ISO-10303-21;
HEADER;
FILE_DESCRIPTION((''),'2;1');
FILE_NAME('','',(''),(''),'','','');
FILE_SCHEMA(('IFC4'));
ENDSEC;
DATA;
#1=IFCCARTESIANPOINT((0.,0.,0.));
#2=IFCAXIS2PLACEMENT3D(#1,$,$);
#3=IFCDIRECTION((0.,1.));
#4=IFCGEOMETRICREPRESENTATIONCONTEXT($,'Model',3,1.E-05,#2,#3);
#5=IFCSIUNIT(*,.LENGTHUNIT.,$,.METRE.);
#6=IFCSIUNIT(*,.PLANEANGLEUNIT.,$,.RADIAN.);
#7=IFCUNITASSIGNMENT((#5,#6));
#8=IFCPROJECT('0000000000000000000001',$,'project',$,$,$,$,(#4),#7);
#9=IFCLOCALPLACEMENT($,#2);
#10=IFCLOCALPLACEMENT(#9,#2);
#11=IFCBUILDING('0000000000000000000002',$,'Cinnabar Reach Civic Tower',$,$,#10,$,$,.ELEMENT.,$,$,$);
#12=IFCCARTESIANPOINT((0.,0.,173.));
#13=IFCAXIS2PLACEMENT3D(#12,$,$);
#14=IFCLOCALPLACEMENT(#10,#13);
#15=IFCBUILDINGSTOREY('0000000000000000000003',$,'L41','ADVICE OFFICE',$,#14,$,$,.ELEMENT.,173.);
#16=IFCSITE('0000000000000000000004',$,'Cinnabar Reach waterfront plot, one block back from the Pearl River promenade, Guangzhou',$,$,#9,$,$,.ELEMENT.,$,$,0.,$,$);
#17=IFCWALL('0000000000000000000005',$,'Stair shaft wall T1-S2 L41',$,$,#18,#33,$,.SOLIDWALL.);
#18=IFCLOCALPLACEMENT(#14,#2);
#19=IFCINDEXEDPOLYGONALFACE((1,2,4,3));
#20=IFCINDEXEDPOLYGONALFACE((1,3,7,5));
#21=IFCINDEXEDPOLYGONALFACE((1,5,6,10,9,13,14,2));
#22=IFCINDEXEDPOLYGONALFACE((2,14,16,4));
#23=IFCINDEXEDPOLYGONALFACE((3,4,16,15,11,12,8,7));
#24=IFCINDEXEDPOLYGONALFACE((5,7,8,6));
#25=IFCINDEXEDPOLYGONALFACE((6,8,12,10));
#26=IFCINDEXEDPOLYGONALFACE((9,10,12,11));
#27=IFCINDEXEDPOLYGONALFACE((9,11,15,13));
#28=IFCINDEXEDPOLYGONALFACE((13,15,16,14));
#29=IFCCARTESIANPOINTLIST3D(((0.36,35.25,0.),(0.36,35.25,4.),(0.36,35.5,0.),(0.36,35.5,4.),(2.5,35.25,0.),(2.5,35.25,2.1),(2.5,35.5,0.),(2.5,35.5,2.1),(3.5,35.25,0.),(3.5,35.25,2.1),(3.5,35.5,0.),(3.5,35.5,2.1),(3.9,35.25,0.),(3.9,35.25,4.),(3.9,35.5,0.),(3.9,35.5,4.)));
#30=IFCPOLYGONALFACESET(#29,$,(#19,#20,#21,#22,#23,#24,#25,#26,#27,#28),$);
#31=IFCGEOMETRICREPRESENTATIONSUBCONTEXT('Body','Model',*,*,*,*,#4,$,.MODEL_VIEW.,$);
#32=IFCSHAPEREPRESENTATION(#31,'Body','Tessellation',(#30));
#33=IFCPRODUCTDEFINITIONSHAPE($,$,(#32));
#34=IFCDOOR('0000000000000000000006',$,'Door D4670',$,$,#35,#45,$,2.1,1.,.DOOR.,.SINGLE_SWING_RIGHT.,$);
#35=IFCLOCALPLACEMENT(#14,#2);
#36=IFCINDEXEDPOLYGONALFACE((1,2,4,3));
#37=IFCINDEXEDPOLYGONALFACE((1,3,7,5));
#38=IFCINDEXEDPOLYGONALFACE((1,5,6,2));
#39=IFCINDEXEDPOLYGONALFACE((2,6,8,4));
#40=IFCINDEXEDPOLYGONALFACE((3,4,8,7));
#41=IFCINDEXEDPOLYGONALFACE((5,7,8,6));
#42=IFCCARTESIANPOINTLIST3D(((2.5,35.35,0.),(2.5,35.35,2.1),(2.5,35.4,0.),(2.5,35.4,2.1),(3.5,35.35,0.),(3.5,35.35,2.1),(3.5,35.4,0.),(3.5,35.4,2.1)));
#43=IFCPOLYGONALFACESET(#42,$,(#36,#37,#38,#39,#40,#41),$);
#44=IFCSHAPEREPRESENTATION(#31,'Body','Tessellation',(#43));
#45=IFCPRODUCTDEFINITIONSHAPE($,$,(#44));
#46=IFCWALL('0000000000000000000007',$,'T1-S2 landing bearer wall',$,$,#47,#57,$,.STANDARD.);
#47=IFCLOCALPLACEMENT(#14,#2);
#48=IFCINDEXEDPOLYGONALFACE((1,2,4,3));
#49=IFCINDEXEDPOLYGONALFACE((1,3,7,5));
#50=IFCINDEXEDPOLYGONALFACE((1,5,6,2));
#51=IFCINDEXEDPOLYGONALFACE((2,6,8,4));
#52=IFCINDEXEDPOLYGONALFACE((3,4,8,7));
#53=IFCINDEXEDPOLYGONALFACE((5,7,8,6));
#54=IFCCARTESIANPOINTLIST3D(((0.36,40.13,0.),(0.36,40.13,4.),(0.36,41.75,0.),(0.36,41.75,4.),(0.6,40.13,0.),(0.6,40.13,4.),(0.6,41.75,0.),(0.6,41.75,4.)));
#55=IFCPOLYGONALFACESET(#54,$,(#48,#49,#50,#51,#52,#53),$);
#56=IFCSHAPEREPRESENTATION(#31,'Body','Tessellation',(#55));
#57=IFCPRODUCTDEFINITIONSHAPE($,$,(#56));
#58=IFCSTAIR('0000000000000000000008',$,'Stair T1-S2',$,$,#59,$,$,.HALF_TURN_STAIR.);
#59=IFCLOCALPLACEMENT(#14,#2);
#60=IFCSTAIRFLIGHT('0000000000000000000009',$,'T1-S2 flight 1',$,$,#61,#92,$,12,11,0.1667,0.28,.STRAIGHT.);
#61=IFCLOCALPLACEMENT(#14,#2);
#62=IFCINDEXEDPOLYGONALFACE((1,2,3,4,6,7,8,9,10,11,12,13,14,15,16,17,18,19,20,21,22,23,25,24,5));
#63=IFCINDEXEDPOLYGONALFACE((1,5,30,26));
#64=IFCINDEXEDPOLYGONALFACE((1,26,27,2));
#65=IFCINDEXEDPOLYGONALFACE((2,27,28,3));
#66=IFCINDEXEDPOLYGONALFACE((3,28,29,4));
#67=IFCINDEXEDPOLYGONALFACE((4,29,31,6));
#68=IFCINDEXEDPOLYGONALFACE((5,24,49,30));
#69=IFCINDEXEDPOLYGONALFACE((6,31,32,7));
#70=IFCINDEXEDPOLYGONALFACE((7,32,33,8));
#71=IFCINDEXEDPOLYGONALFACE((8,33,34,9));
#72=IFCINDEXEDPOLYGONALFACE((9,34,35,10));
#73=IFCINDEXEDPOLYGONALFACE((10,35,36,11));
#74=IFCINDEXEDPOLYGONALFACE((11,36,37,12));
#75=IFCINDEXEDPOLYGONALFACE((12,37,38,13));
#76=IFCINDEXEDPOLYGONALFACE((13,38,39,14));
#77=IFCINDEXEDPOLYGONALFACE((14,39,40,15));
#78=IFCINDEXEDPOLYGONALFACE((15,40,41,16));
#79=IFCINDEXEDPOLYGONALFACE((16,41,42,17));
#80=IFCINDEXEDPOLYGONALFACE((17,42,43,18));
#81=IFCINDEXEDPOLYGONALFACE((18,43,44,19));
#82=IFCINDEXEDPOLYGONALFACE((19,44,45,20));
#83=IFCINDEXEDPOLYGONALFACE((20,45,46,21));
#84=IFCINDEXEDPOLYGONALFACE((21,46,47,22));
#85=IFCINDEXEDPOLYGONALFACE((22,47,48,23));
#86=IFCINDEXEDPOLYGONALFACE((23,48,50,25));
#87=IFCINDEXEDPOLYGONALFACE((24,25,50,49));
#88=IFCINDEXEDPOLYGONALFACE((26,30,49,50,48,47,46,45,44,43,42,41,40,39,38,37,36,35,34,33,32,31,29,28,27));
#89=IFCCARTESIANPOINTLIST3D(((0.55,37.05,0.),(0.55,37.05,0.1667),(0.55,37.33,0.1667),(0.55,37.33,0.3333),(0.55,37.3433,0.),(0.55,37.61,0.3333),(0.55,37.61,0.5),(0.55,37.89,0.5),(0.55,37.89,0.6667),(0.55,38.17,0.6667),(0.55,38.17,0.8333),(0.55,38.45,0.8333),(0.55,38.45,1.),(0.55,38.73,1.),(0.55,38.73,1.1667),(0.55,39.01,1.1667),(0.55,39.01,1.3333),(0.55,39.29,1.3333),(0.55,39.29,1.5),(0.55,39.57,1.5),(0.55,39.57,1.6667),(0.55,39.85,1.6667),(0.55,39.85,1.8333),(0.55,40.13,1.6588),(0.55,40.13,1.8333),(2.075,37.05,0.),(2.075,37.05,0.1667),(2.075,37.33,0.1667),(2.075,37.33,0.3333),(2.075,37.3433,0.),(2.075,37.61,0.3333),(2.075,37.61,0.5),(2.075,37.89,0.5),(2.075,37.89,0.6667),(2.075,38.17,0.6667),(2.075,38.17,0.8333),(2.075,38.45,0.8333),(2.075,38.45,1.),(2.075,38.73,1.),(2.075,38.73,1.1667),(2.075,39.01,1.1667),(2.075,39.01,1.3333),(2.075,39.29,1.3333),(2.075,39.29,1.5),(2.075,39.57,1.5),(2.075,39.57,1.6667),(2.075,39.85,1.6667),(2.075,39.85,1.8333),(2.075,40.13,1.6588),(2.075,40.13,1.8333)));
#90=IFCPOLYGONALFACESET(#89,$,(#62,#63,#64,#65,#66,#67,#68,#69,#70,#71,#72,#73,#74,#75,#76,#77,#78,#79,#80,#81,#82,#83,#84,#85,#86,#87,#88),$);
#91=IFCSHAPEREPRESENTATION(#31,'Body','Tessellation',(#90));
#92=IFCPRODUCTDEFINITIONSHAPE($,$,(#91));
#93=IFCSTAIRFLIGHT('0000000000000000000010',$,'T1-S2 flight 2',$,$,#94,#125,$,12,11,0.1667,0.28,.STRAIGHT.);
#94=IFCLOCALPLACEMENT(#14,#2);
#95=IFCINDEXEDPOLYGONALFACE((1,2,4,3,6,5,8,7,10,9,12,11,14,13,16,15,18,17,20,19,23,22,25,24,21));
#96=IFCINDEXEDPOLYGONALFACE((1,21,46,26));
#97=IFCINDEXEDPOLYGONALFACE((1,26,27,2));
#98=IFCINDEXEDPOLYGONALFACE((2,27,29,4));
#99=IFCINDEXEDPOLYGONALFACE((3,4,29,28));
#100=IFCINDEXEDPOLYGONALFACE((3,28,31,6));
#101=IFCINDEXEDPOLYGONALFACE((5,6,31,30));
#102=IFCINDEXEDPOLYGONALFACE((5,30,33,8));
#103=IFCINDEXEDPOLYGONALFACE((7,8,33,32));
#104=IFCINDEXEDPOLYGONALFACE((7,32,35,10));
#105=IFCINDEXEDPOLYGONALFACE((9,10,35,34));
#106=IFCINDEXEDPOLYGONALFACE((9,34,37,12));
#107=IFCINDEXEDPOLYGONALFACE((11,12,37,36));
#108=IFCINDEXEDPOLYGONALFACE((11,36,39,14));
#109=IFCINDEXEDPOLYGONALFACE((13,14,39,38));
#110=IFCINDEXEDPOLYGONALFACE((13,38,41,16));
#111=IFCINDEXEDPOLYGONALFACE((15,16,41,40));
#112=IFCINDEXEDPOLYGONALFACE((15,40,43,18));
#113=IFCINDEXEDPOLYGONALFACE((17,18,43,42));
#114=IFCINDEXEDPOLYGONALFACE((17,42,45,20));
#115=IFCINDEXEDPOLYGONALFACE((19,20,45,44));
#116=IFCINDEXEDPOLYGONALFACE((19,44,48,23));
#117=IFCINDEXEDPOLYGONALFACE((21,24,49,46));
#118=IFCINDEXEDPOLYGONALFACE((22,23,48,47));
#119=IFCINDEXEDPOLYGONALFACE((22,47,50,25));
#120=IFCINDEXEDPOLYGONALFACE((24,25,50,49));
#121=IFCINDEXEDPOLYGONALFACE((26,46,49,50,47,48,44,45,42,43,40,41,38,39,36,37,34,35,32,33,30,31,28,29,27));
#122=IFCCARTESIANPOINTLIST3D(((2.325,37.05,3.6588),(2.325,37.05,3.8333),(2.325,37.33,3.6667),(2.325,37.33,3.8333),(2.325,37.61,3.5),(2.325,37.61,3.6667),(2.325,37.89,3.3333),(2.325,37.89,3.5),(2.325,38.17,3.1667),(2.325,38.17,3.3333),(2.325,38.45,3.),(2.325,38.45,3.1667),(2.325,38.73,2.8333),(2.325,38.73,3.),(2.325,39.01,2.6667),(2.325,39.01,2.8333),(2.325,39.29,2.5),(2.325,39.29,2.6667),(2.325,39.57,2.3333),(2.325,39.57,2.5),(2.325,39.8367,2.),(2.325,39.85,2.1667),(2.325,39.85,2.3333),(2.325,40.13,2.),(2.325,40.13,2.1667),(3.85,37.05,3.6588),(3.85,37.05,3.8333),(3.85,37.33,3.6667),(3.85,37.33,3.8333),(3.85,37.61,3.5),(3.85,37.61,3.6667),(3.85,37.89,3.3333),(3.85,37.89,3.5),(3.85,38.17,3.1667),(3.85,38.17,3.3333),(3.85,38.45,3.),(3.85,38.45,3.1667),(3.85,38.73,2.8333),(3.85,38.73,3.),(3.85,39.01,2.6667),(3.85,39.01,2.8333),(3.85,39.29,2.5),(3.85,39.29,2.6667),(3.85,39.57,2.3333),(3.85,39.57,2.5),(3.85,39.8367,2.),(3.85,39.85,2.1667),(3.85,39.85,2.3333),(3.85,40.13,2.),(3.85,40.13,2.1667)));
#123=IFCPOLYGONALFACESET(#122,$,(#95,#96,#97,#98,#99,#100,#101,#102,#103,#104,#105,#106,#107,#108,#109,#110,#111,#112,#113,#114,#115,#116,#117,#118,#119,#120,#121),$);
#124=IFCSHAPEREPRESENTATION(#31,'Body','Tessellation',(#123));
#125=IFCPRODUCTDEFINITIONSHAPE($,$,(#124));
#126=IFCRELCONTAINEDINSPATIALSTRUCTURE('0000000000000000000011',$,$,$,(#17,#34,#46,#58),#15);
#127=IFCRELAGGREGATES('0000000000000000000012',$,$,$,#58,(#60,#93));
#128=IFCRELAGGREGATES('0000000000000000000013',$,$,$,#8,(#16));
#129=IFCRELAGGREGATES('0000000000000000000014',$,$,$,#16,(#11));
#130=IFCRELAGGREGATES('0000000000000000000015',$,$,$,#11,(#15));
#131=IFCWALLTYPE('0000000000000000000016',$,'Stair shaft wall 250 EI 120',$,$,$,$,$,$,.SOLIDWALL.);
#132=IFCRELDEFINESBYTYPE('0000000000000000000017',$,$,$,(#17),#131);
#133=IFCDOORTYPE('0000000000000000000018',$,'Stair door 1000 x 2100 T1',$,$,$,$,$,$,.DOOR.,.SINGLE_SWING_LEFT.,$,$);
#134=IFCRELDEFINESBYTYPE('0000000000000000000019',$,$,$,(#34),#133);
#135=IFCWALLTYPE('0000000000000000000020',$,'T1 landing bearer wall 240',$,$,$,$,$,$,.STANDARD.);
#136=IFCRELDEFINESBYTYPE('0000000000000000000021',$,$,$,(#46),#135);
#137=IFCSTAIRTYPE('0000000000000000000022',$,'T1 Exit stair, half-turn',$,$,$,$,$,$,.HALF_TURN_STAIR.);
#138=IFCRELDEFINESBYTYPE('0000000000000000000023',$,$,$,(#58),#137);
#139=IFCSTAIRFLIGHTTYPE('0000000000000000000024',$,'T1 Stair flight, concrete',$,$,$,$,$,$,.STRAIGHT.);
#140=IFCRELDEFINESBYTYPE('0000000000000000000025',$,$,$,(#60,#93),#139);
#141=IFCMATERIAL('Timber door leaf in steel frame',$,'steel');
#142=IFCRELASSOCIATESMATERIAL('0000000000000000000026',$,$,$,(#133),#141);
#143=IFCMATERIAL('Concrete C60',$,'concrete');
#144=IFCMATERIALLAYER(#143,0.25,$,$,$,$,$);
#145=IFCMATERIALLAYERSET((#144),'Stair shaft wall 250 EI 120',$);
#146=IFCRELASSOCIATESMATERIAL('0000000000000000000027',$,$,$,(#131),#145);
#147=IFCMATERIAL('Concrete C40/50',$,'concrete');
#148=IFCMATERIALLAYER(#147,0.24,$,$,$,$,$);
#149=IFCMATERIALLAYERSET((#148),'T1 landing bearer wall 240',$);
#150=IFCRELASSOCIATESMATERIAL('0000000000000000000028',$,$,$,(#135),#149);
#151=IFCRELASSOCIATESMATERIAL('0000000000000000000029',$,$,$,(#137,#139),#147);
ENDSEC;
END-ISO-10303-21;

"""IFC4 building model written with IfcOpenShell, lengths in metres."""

from ifc_helpers import new_model, si_unit, direction, frame, frame_2d, origin, place, context, subcontext, project, spatial, polyline, rectangle, outline, extrude, material, layer, layer_set, type_object, element, fill, aggregate, save


model = new_model("IFC4")

# Units and contexts
model_context = context("Model", 3, precision=1e-05, world=origin(), true_north=direction((0.0, 1.0)))
body_context = subcontext(model_context, "Body", "Model", "MODEL_VIEW")
ifc_project = project(units=[si_unit("LENGTHUNIT", "METRE"), si_unit("PLANEANGLEUNIT", "RADIAN")], contexts=[model_context])

# Site, building, storey
site_placement = place(None, origin())
site = spatial("IfcSite", under=ifc_project, at=site_placement, Name="Cinnabar Reach waterfront plot, one block back from the Pearl River promenade, Guangzhou", CompositionType="ELEMENT", RefElevation=0.0)
building_placement = place(site_placement, origin())
building = spatial("IfcBuilding", under=site, at=building_placement, Name="Cinnabar Reach Civic Tower", CompositionType="ELEMENT")
storey_placement = place(building_placement, frame((0.0, 0.0, 173.0)))
storey = spatial("IfcBuildingStorey", under=building, at=storey_placement, Name="L41", Description="ADVICE OFFICE", CompositionType="ELEMENT", Elevation=173.0)

# Shared definitions
ifc_material_1 = material(Name="Concrete C60", Category="concrete")

# Shared definitions
ifc_material_2 = material(Name="Timber door leaf in steel frame", Category="steel")
door_type_1 = type_object("IfcDoorType", Name="Stair door 1000 x 2100 T1", OperationType="SINGLE_SWING_LEFT", PredefinedType="DOOR", material=ifc_material_2)

# Wall, opening, door
ifc_layer_1 = layer(ifc_material_1, 0.25)
ifc_layer_set_1 = layer_set([ifc_layer_1], Name="Stair shaft wall 250 EI 120")
wall_type_1 = type_object("IfcWallType", Name="Stair shaft wall 250 EI 120", PredefinedType="SOLIDWALL", material=ifc_layer_set_1)
wall_1_placement = place(storey_placement, frame((0.36, 35.375, 0.0), z_axis=(0.0, 0.0, 1.0), x_axis=(1.0, 0.0, 0.0)))
wall_1 = element("IfcWall", 1, at=wall_1_placement, inside=storey, type_object=wall_type_1, Name="Stair shaft wall T1-S2 L41", PredefinedType="SOLIDWALL", context=body_context, shape_type="SweptSolid", body=[
    extrude(rectangle(XDim=3.54, YDim=0.25, at=frame_2d((1.77, 0.0))), origin(), (0.0, 0.0, 1.0), 4.0),
])
opening_1_placement = place(wall_1_placement, frame((2.14, 0.0, 0.0)))
opening_1 = element("IfcOpeningElement", 2, at=opening_1_placement, cuts=wall_1, PredefinedType="OPENING", context=body_context, shape_type="SweptSolid", body=[
    extrude(rectangle(XDim=1.0, YDim=2.1, at=frame_2d((0.5, 1.05))), frame((0.0, 0.135, 0.0), z_axis=(0.0, -1.0, 0.0), x_axis=(1.0, 0.0, 0.0)), (0.0, 0.0, 1.0), 0.27),
])
door_1_placement = place(opening_1_placement, origin())
door_1 = element("IfcDoor", 3, at=door_1_placement, inside=storey, type_object=door_type_1, Name="Door D4670", OperationType="SINGLE_SWING_RIGHT", OverallHeight=2.1, OverallWidth=1.0, PredefinedType="DOOR", context=body_context, shape_type="SweptSolid", body=[
    extrude(rectangle(XDim=1.0, YDim=2.1, at=frame_2d((0.5, 1.05))), frame((0.0, 0.025, 0.0), z_axis=(0.0, -1.0, 0.0), x_axis=(1.0, 0.0, 0.0)), (0.0, 0.0, 1.0), 0.05),
])
fill(opening_1, door_1)

# Wall
ifc_material_3 = material(Name="Concrete C40/50", Category="concrete")
ifc_layer_2 = layer(ifc_material_3, 0.24)
ifc_layer_set_2 = layer_set([ifc_layer_2], Name="T1 landing bearer wall 240")
wall_type_2 = type_object("IfcWallType", Name="T1 landing bearer wall 240", PredefinedType="STANDARD", material=ifc_layer_set_2)
wall_2_placement = place(storey_placement, frame((0.48, 40.13, 0.0), z_axis=(0.0, 0.0, 1.0), x_axis=(0.0, 1.0, 0.0)))
element("IfcWall", 4, at=wall_2_placement, inside=storey, type_object=wall_type_2, Name="T1-S2 landing bearer wall", PredefinedType="STANDARD", context=body_context, shape_type="SweptSolid", body=[
    extrude(rectangle(XDim=1.62, YDim=0.24, at=frame_2d((0.81, 0.0))), origin(), (0.0, 0.0, 1.0), 4.0),
])

# Stair, stair flights
stair_type = type_object("IfcStairType", Name="T1 Exit stair, half-turn", PredefinedType="HALF_TURN_STAIR", material=ifc_material_3)
stair_placement = place(storey_placement, origin())
stair = element("IfcStair", 5, at=stair_placement, inside=storey, type_object=stair_type, Name="Stair T1-S2", PredefinedType="HALF_TURN_STAIR")
stair_flight_type = type_object("IfcStairFlightType", Name="T1 Stair flight, concrete", PredefinedType="STRAIGHT", material=ifc_material_3)
stair_flight_1_placement = place(storey_placement, frame((1.3125, 37.05, 0.0), z_axis=(0.0, 0.0, 1.0), x_axis=(0.0, 1.0, 0.0)))
stair_flight_1 = element("IfcStairFlight", 6, at=stair_flight_1_placement, type_object=stair_flight_type, Name="T1-S2 flight 1", NumberOfRisers=12, NumberOfTreads=11, PredefinedType="STRAIGHT", RiserHeight=0.1667, TreadLength=0.28, context=body_context, shape_type="SweptSolid", body=[
    extrude(outline(polyline([(0.0, 0.0), (0.0, 0.1667), (0.28, 0.1667), (0.28, 0.3333), (0.56, 0.3333), (0.56, 0.5), (0.84, 0.5), (0.84, 0.6667), (1.12, 0.6667), (1.12, 0.8333), (1.4, 0.8333), (1.4, 1.0), (1.68, 1.0), (1.68, 1.1667), (1.96, 1.1667), (1.96, 1.3333), (2.24, 1.3333), (2.24, 1.5), (2.52, 1.5), (2.52, 1.6667), (2.8, 1.6667), (2.8, 1.8333), (3.08, 1.8333), (3.08, 2.0), (3.08, 1.6588), (0.2933, 0.0), (0.0, 0.0)])), frame((0.0, 0.7625, 0.0), z_axis=(0.0, -1.0, 0.0), x_axis=(1.0, 0.0, 0.0)), (0.0, 0.0, 1.0), 1.525),
])
stair_flight_2_placement = place(storey_placement, frame((3.0875, 40.13, 2.0), z_axis=(0.0, 0.0, 1.0), x_axis=(0.0, -1.0, 0.0)))
stair_flight_2 = element("IfcStairFlight", 7, at=stair_flight_2_placement, type_object=stair_flight_type, Name="T1-S2 flight 2", NumberOfRisers=12, NumberOfTreads=11, PredefinedType="STRAIGHT", RiserHeight=0.1667, TreadLength=0.28, context=body_context, shape_type="SweptSolid", body=[
    extrude(outline(polyline([(0.0, 0.0), (0.0, 0.1667), (0.28, 0.1667), (0.28, 0.3333), (0.56, 0.3333), (0.56, 0.5), (0.84, 0.5), (0.84, 0.6667), (1.12, 0.6667), (1.12, 0.8333), (1.4, 0.8333), (1.4, 1.0), (1.68, 1.0), (1.68, 1.1667), (1.96, 1.1667), (1.96, 1.3333), (2.24, 1.3333), (2.24, 1.5), (2.52, 1.5), (2.52, 1.6667), (2.8, 1.6667), (2.8, 1.8333), (3.08, 1.8333), (3.08, 2.0), (3.08, 1.6588), (0.2933, 0.0), (0.0, 0.0)])), frame((0.0, 0.7625, 0.0), z_axis=(0.0, -1.0, 0.0), x_axis=(1.0, 0.0, 0.0)), (0.0, 0.0, 1.0), 1.525),
])
aggregate(stair, [stair_flight_1, stair_flight_2])

save(model, "model.ifc")
